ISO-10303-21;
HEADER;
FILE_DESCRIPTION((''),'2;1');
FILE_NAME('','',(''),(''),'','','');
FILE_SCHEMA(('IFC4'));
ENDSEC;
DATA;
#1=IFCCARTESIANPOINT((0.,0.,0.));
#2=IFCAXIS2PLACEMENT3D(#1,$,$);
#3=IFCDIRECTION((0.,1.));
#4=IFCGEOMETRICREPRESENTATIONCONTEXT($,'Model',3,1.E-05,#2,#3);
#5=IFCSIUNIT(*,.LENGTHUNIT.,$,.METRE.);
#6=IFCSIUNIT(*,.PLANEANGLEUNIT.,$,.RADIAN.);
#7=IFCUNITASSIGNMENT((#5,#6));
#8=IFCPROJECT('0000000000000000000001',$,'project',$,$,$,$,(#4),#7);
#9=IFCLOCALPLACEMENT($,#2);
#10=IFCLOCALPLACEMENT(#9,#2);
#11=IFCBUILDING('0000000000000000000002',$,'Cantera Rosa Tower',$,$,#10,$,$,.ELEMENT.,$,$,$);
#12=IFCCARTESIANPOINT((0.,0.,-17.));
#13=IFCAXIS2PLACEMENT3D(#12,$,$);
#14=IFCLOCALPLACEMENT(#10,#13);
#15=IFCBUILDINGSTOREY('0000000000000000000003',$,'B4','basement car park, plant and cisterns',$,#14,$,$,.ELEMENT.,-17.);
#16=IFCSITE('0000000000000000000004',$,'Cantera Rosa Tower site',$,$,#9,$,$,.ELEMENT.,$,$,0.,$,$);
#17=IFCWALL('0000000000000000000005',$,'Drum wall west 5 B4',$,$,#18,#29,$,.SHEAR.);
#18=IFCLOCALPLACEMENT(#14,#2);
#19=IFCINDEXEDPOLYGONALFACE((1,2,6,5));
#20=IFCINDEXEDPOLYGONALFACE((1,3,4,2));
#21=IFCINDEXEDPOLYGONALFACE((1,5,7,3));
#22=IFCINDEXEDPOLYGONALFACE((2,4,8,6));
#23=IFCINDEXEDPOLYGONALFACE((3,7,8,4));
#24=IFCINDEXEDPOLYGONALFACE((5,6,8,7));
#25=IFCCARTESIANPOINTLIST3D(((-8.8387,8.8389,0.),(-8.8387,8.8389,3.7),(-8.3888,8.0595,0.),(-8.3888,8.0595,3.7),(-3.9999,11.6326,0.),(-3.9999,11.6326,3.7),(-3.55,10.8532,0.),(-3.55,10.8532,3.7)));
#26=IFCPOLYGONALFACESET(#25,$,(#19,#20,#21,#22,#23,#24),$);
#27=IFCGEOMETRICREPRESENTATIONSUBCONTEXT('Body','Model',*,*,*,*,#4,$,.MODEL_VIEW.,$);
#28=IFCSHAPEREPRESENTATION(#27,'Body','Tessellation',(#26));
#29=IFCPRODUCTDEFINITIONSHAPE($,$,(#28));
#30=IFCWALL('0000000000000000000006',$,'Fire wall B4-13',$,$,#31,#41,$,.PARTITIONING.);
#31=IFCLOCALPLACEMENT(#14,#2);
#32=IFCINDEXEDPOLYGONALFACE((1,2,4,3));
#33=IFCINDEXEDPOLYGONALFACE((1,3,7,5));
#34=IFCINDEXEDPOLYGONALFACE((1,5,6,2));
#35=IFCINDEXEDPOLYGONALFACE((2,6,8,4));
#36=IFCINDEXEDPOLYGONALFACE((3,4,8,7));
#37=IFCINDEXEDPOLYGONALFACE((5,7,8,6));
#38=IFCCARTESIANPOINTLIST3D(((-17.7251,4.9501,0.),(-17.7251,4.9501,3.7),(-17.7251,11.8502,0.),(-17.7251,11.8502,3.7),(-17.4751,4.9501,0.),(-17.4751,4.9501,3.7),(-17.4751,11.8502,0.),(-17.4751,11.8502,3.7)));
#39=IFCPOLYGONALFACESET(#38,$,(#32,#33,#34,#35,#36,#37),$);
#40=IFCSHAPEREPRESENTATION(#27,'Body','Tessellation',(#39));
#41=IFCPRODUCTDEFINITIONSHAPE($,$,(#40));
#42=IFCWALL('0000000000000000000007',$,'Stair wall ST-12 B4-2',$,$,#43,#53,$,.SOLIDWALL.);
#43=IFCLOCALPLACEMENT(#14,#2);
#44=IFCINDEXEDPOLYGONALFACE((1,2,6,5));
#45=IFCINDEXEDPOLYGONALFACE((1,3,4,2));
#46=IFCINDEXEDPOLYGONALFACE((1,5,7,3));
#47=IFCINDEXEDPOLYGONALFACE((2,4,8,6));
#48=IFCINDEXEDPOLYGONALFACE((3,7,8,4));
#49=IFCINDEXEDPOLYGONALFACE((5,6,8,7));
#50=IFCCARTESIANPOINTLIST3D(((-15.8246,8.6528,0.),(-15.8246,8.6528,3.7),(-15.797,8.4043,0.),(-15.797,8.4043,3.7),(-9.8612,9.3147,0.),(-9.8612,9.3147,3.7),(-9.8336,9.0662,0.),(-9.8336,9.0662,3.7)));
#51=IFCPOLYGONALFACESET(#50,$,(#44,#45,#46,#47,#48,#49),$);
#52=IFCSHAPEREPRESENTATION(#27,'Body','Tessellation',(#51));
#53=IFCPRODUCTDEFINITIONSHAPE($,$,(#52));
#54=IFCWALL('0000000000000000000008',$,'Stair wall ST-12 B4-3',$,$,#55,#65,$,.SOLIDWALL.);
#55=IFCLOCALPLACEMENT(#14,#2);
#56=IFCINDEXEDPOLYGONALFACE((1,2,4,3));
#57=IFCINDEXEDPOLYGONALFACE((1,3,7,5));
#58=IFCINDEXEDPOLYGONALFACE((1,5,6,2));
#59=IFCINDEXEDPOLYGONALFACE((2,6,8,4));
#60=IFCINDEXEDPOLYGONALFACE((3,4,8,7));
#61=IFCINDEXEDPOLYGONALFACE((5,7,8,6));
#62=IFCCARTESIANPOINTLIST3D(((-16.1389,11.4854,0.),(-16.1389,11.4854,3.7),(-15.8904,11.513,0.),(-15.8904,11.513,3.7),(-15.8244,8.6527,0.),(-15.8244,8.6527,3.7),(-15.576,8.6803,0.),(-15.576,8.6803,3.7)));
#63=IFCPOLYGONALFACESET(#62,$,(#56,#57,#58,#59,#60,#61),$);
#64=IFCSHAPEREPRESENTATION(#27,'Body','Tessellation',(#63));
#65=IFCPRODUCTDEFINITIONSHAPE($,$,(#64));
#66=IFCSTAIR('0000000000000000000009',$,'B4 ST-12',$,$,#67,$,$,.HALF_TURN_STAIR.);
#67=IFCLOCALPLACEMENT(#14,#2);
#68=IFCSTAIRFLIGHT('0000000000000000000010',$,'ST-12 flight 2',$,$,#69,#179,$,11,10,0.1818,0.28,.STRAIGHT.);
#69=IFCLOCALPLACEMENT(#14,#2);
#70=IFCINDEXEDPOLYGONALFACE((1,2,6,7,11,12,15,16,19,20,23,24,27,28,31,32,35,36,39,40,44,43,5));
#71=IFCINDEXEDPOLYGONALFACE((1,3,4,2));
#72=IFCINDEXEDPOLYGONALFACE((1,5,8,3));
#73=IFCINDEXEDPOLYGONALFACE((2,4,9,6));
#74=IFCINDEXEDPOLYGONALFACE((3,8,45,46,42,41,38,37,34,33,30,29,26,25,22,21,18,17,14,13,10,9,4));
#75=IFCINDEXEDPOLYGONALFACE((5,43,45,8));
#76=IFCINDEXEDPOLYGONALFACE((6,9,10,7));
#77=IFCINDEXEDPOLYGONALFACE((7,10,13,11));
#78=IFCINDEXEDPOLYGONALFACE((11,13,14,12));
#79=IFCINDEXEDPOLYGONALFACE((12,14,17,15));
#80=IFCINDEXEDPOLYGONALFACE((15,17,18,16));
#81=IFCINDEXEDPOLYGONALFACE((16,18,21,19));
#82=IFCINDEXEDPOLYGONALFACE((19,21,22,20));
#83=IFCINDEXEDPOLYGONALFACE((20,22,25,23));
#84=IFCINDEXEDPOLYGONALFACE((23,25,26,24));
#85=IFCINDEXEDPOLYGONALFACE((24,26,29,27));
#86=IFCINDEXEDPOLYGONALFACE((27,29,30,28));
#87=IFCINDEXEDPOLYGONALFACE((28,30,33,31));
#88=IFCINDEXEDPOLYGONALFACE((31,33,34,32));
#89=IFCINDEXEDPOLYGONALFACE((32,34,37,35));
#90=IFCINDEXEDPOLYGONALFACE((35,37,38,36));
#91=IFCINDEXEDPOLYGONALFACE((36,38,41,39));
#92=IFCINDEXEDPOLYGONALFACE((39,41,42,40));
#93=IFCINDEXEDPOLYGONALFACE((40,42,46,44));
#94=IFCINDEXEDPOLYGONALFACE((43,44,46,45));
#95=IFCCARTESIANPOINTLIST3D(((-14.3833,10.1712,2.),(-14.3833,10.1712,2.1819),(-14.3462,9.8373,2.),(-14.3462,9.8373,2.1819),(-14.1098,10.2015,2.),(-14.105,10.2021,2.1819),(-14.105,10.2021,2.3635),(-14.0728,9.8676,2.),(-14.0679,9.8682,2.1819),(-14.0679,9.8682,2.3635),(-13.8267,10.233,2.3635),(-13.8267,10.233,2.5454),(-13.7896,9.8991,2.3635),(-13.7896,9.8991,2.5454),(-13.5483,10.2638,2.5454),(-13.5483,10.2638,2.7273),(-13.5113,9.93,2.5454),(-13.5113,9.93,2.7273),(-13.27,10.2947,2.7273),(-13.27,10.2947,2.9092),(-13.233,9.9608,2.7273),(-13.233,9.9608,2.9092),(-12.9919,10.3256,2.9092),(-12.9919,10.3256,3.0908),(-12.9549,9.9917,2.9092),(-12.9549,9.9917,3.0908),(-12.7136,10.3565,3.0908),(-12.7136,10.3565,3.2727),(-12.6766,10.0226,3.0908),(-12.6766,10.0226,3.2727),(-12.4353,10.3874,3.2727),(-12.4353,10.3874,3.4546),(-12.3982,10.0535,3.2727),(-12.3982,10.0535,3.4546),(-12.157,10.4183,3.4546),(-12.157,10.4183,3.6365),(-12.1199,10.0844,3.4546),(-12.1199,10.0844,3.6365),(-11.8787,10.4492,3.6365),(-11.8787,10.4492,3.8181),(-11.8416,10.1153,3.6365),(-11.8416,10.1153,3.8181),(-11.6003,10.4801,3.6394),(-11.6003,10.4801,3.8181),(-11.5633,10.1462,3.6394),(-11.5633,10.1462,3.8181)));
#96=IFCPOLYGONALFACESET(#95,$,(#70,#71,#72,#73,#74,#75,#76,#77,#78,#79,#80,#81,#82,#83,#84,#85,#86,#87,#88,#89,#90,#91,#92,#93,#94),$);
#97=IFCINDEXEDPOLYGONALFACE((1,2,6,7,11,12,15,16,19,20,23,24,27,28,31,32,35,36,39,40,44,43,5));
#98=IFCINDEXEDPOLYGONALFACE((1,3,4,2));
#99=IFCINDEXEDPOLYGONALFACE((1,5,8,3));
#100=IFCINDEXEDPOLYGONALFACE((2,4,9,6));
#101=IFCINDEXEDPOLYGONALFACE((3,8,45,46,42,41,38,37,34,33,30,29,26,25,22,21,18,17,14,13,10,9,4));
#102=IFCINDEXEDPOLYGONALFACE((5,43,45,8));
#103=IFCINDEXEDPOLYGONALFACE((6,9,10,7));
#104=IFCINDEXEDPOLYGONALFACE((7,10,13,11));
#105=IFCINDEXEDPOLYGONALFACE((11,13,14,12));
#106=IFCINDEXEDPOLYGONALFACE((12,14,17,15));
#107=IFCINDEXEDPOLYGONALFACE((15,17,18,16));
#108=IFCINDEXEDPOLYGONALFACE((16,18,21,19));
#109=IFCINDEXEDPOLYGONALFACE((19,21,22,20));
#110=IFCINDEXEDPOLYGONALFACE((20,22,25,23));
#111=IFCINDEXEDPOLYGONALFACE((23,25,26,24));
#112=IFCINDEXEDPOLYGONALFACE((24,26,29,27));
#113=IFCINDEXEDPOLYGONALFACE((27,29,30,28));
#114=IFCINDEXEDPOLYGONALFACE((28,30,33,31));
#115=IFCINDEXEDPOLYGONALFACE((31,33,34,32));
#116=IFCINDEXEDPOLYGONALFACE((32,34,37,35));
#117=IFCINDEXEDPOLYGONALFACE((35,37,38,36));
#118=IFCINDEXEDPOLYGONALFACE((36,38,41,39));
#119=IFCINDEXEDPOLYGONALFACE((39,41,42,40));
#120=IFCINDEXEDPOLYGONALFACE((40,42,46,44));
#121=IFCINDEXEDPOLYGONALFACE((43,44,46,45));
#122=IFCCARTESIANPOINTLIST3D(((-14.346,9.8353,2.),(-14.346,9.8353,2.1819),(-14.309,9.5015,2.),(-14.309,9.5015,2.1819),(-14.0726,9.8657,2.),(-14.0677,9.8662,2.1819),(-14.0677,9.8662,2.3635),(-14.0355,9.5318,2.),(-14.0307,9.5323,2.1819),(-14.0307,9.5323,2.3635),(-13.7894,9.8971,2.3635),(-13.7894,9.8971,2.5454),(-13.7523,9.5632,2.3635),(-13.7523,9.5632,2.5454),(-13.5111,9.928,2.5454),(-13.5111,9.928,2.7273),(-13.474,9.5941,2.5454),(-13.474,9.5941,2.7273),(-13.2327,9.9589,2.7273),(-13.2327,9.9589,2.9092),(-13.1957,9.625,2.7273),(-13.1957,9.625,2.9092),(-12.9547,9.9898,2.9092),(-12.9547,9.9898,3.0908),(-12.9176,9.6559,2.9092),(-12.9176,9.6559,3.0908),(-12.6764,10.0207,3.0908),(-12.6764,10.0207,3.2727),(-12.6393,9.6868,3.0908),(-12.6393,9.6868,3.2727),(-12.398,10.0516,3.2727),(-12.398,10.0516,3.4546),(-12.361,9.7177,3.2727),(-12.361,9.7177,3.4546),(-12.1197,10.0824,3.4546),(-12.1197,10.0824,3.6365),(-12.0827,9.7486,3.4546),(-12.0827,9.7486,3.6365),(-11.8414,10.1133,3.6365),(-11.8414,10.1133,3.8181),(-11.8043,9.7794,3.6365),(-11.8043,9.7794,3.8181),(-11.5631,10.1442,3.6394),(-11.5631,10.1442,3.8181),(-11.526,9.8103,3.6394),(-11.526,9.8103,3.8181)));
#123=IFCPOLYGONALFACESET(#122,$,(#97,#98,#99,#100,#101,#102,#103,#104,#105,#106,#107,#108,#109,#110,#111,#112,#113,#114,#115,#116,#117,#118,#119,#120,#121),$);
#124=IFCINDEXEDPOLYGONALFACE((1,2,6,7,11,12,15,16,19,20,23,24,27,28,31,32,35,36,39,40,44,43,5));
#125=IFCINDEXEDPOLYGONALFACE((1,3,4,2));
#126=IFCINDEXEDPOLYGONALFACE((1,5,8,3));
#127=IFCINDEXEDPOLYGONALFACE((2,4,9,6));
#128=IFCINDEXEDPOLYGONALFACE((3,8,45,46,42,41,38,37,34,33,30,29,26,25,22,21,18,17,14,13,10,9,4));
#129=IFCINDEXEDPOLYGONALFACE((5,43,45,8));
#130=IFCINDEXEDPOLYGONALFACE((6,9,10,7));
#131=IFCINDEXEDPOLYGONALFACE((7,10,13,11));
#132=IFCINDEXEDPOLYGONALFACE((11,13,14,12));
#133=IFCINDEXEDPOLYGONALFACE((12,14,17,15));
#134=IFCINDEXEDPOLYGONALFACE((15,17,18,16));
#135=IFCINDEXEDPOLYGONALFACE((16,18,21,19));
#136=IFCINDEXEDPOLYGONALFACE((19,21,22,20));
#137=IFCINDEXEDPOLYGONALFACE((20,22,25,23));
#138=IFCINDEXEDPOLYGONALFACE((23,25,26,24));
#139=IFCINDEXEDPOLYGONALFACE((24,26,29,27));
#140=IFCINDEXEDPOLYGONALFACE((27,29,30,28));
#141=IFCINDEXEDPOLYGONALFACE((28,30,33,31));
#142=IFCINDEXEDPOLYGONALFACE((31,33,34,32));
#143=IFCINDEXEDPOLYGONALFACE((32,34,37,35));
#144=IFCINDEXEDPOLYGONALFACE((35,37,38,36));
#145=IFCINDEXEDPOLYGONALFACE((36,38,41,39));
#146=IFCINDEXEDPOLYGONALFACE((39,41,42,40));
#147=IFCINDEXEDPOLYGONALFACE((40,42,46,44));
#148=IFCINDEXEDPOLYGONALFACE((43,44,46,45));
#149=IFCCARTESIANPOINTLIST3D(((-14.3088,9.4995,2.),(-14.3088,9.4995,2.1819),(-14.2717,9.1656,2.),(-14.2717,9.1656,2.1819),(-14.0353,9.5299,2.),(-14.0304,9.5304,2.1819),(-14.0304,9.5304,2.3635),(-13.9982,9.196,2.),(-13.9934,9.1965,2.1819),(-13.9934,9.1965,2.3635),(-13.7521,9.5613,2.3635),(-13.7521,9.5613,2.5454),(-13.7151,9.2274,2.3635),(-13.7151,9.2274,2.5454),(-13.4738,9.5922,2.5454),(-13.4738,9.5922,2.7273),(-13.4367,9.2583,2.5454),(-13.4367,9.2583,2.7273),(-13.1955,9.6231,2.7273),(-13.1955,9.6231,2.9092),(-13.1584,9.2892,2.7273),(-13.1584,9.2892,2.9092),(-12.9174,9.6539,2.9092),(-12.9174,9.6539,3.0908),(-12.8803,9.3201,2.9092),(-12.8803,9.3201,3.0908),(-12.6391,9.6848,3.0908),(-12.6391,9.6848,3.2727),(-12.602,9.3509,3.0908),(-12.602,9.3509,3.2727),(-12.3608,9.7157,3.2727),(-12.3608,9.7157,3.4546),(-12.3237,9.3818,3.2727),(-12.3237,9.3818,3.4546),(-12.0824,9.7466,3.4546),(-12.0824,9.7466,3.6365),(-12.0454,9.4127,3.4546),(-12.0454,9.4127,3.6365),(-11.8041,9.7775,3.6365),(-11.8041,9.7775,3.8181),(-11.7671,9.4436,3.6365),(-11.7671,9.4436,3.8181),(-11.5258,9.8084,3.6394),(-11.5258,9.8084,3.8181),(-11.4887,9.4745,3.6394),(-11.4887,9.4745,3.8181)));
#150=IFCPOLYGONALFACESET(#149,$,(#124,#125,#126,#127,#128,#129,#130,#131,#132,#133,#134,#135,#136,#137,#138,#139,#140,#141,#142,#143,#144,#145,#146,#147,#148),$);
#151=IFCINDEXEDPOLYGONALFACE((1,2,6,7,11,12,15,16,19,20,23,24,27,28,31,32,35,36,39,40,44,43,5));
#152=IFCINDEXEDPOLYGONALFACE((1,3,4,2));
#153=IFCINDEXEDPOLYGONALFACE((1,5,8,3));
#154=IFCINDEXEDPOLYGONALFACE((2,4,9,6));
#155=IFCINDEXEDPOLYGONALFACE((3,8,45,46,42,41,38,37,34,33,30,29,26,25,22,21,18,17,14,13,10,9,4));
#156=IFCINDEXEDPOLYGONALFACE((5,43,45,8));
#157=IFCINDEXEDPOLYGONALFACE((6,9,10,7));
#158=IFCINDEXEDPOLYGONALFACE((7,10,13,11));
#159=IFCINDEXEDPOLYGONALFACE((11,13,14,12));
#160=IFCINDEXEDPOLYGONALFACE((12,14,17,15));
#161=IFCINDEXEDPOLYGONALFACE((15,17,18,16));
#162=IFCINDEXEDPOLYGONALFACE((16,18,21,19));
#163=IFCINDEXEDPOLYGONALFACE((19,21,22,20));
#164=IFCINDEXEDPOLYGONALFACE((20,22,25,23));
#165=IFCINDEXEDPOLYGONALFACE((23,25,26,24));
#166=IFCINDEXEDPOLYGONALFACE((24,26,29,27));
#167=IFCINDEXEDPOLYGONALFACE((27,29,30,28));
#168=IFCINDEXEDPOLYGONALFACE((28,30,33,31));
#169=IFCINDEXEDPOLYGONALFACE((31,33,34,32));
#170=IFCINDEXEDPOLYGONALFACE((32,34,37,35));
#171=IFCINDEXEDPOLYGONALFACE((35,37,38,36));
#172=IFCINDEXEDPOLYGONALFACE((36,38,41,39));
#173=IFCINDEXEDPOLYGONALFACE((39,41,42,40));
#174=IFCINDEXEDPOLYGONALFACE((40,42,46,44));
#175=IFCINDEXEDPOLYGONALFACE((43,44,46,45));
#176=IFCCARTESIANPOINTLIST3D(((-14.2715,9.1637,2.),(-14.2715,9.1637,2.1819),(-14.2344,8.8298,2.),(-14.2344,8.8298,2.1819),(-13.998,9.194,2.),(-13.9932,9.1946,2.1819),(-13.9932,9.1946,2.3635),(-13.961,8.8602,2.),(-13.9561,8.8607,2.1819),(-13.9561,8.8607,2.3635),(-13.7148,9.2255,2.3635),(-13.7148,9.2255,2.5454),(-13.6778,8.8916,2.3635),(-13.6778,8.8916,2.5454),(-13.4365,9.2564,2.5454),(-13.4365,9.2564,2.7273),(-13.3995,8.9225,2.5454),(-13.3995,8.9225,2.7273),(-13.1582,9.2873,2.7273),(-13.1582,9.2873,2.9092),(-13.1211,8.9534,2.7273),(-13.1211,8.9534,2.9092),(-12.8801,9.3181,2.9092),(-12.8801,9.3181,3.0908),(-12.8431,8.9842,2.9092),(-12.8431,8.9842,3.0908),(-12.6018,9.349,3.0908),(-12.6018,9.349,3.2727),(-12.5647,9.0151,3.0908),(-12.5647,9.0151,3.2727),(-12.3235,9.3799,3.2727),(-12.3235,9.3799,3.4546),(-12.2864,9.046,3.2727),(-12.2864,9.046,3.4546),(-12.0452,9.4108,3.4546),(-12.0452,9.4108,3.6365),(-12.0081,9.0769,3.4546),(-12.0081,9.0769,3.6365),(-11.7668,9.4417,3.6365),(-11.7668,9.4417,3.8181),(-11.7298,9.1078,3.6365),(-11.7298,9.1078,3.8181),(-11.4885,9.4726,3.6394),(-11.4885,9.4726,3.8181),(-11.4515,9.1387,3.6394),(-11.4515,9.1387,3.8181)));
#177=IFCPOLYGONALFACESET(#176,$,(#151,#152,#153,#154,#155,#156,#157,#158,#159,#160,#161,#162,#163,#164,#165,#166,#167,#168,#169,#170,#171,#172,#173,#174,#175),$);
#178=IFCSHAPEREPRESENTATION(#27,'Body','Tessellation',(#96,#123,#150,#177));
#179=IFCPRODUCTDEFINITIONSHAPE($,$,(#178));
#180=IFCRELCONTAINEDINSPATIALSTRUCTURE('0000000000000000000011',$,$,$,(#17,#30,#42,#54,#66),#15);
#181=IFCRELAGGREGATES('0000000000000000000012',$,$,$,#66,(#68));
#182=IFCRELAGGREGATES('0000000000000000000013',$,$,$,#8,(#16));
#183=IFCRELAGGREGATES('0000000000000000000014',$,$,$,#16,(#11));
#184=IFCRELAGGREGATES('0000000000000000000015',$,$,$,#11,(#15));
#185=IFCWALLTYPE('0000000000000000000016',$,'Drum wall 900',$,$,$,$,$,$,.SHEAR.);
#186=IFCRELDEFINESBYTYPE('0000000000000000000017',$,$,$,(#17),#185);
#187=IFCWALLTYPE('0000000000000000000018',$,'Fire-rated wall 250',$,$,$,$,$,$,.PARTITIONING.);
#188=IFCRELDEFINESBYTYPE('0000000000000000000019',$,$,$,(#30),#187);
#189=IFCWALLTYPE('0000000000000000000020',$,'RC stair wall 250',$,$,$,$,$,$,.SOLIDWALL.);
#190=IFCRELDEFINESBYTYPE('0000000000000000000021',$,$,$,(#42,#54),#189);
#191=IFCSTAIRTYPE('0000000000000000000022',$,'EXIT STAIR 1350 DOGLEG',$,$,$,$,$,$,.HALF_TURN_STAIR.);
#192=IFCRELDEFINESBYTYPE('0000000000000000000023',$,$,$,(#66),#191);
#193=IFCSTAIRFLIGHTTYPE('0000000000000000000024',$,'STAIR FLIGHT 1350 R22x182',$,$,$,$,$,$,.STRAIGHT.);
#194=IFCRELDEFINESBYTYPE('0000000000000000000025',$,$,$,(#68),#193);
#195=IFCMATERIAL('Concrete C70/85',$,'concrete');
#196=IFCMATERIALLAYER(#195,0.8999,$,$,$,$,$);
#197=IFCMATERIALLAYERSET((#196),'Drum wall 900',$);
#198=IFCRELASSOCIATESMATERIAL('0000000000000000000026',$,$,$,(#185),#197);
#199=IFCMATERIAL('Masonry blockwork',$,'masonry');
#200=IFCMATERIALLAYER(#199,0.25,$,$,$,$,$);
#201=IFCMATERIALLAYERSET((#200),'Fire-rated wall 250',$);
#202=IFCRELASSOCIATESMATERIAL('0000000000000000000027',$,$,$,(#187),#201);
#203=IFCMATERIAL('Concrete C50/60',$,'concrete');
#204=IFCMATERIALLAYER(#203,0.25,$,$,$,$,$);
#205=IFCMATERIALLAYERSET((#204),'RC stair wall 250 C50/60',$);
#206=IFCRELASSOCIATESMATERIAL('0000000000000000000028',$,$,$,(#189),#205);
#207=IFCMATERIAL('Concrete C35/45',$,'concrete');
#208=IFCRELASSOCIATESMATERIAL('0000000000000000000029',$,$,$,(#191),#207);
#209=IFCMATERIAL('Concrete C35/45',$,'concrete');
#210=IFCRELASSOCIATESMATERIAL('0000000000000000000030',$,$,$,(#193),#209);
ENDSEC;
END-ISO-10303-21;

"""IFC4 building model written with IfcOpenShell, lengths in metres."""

from ifc_helpers import new_model, si_unit, direction, frame, frame_2d, origin, place, context, subcontext, project, spatial, polyline, rectangle, outline, extrude, material, layer, layer_set, type_object, element, aggregate, save


model = new_model("IFC4")

# Units and contexts
model_context = context("Model", 3, precision=1e-05, world=origin(), true_north=direction((0.0, 1.0)))
body_context = subcontext(model_context, "Body", "Model", "MODEL_VIEW")
ifc_project = project(units=[si_unit("LENGTHUNIT", "METRE"), si_unit("PLANEANGLEUNIT", "RADIAN")], contexts=[model_context])

# Site, building, storey
site_placement = place(None, origin())
site = spatial("IfcSite", under=ifc_project, at=site_placement, Name="Cantera Rosa Tower site", CompositionType="ELEMENT", RefElevation=0.0)
building_placement = place(site_placement, origin())
building = spatial("IfcBuilding", under=site, at=building_placement, Name="Cantera Rosa Tower", CompositionType="ELEMENT")
storey_placement = place(building_placement, frame((0.0, 0.0, -17.0)))
storey = spatial("IfcBuildingStorey", under=building, at=storey_placement, Name="B4", Description="basement car park, plant and cisterns", CompositionType="ELEMENT", Elevation=-17.0)

# Walls
ifc_material_1 = material(Name="Concrete C70/85", Category="concrete")
ifc_layer_1 = layer(ifc_material_1, 0.8999)
ifc_layer_set_1 = layer_set([ifc_layer_1], Name="Drum wall 900")
wall_type_1 = type_object("IfcWallType", Name="Drum wall 900", PredefinedType="SHEAR", material=ifc_layer_set_1)
wall_1_placement = place(storey_placement, frame((-8.6138, 8.4492, 0.0), z_axis=(0.0, 0.0, 1.0), x_axis=(0.866027, 0.499997, 0.0)))
element("IfcWall", 1, at=wall_1_placement, inside=storey, type_object=wall_type_1, Name="Drum wall west 5 B4", PredefinedType="SHEAR", context=body_context, shape_type="SweptSolid", body=[
    extrude(rectangle(XDim=5.5874, YDim=0.8999, at=frame_2d((2.7937, 0.0))), origin(), (0.0, 0.0, 1.0), 3.7),
])
ifc_material_2 = material(Name="Masonry blockwork", Category="masonry")
ifc_layer_2 = layer(ifc_material_2, 0.25)
ifc_layer_set_2 = layer_set([ifc_layer_2], Name="Fire-rated wall 250")
wall_type_2 = type_object("IfcWallType", Name="Fire-rated wall 250", PredefinedType="PARTITIONING", material=ifc_layer_set_2)
wall_2_placement = place(storey_placement, frame((-17.6001, 4.95, 0.0), z_axis=(0.0, 0.0, 1.0), x_axis=(0.0, 1.0, 0.0)))
element("IfcWall", 2, at=wall_2_placement, inside=storey, type_object=wall_type_2, Name="Fire wall B4-13", PredefinedType="PARTITIONING", context=body_context, shape_type="SweptSolid", body=[
    extrude(rectangle(XDim=6.9001, YDim=0.25, at=frame_2d((3.4502, 0.0))), origin(), (0.0, 0.0, 1.0), 3.7),
])
ifc_material_3 = material(Name="Concrete C50/60", Category="concrete")
ifc_layer_3 = layer(ifc_material_3, 0.25)
ifc_layer_set_3 = layer_set([ifc_layer_3], Name="RC stair wall 250 C50/60")
wall_type_3 = type_object("IfcWallType", Name="RC stair wall 250", PredefinedType="SOLIDWALL", material=ifc_layer_set_3)
wall_3_placement = place(storey_placement, frame((-9.8474, 9.1904, 0.0), z_axis=(0.0, 0.0, 1.0), x_axis=(-0.993897, -0.110311, 0.0)))
element("IfcWall", 3, at=wall_3_placement, inside=storey, type_object=wall_type_3, Name="Stair wall ST-12 B4-2", PredefinedType="SOLIDWALL", context=body_context, shape_type="SweptSolid", body=[
    extrude(rectangle(XDim=6.0, YDim=0.25, at=frame_2d((3.0, 0.0))), origin(), (0.0, 0.0, 1.0), 3.7),
])
wall_4_placement = place(storey_placement, frame((-15.7002, 8.6665, 0.0), z_axis=(0.0, 0.0, 1.0), x_axis=(-0.110328, 0.993895, 0.0)))
element("IfcWall", 4, at=wall_4_placement, inside=storey, type_object=wall_type_3, Name="Stair wall ST-12 B4-3", PredefinedType="SOLIDWALL", context=body_context, shape_type="SweptSolid", body=[
    extrude(rectangle(XDim=2.8501, YDim=0.25, at=frame_2d((1.425, 0.0))), origin(), (0.0, 0.0, 1.0), 3.7),
])

# Stair, stair flight
ifc_material_4 = material(Name="Concrete C35/45", Category="concrete")
stair_type = type_object("IfcStairType", Name="EXIT STAIR 1350 DOGLEG", PredefinedType="HALF_TURN_STAIR", material=ifc_material_4)
stair_placement = place(storey_placement, origin())
stair = element("IfcStair", 5, at=stair_placement, inside=storey, type_object=stair_type, Name="B4 ST-12", PredefinedType="HALF_TURN_STAIR")
ifc_material_5 = material(Name="Concrete C35/45", Category="concrete")
stair_flight_type = type_object("IfcStairFlightType", Name="STAIR FLIGHT 1350 R22x182", PredefinedType="STRAIGHT", material=ifc_material_5)
stair_flight_placement = place(storey_placement, frame((-14.3088, 9.5002, 2.0), z_axis=(0.0, 0.0, 1.0), x_axis=(0.993897, 0.110313, 0.0)))
stair_flight = element("IfcStairFlight", 6, at=stair_flight_placement, type_object=stair_flight_type, Name="ST-12 flight 2", NumberOfRisers=11, NumberOfTreads=10, PredefinedType="STRAIGHT", RiserHeight=0.1818, TreadLength=0.28, context=body_context, shape_type="SweptSolid", body=[
    extrude(outline(polyline([(0.0, 0.0), (0.0, 0.1819), (0.28, 0.1819), (0.28, 0.3635), (0.5601, 0.3635), (0.5601, 0.5454), (0.8401, 0.5454), (0.8401, 0.7273), (1.1201, 0.7273), (1.1201, 0.9092), (1.3999, 0.9092), (1.3999, 1.0908), (1.6799, 1.0908), (1.6799, 1.2727), (1.96, 1.2727), (1.96, 1.4546), (2.24, 1.4546), (2.24, 1.6365), (2.52, 1.6365), (2.52, 1.8181), (2.8, 1.8181), (2.8, 2.0), (2.8, 1.6394), (0.2751, 0.0), (0.0, 0.0)])), frame((0.0, 0.675, 0.0), z_axis=(0.0, -1.0, 0.0), x_axis=(1.0, 0.0, 0.0)), (0.0, 0.0, 1.0), 0.3359),
    extrude(outline(polyline([(0.0, 0.0), (0.0, 0.1819), (0.28, 0.1819), (0.28, 0.3635), (0.5601, 0.3635), (0.5601, 0.5454), (0.8401, 0.5454), (0.8401, 0.7273), (1.1201, 0.7273), (1.1201, 0.9092), (1.3999, 0.9092), (1.3999, 1.0908), (1.6799, 1.0908), (1.6799, 1.2727), (1.96, 1.2727), (1.96, 1.4546), (2.24, 1.4546), (2.24, 1.6365), (2.52, 1.6365), (2.52, 1.8181), (2.8, 1.8181), (2.8, 2.0), (2.8, 1.6394), (0.2751, 0.0), (0.0, 0.0)])), frame((0.0, 0.3372, 0.0), z_axis=(0.0, -1.0, 0.0), x_axis=(1.0, 0.0, 0.0)), (0.0, 0.0, 1.0), 0.3359),
    extrude(outline(polyline([(0.0, 0.0), (0.0, 0.1819), (0.28, 0.1819), (0.28, 0.3635), (0.5601, 0.3635), (0.5601, 0.5454), (0.8401, 0.5454), (0.8401, 0.7273), (1.1201, 0.7273), (1.1201, 0.9092), (1.3999, 0.9092), (1.3999, 1.0908), (1.6799, 1.0908), (1.6799, 1.2727), (1.96, 1.2727), (1.96, 1.4546), (2.24, 1.4546), (2.24, 1.6365), (2.52, 1.6365), (2.52, 1.8181), (2.8, 1.8181), (2.8, 2.0), (2.8, 1.6394), (0.2751, 0.0), (0.0, 0.0)])), frame((0.0, -0.0007, 0.0), z_axis=(0.0, -1.0, 0.0), x_axis=(1.0, 0.0, 0.0)), (0.0, 0.0, 1.0), 0.3359),
    extrude(outline(polyline([(0.0, 0.0), (0.0, 0.1819), (0.28, 0.1819), (0.28, 0.3635), (0.5601, 0.3635), (0.5601, 0.5454), (0.8401, 0.5454), (0.8401, 0.7273), (1.1201, 0.7273), (1.1201, 0.9092), (1.3999, 0.9092), (1.3999, 1.0908), (1.6799, 1.0908), (1.6799, 1.2727), (1.96, 1.2727), (1.96, 1.4546), (2.24, 1.4546), (2.24, 1.6365), (2.52, 1.6365), (2.52, 1.8181), (2.8, 1.8181), (2.8, 2.0), (2.8, 1.6394), (0.2751, 0.0), (0.0, 0.0)])), frame((0.0, -0.3386, 0.0), z_axis=(0.0, -1.0, 0.0), x_axis=(1.0, 0.0, 0.0)), (0.0, 0.0, 1.0), 0.3359),
])
aggregate(stair, [stair_flight])

save(model, "model.ifc")
